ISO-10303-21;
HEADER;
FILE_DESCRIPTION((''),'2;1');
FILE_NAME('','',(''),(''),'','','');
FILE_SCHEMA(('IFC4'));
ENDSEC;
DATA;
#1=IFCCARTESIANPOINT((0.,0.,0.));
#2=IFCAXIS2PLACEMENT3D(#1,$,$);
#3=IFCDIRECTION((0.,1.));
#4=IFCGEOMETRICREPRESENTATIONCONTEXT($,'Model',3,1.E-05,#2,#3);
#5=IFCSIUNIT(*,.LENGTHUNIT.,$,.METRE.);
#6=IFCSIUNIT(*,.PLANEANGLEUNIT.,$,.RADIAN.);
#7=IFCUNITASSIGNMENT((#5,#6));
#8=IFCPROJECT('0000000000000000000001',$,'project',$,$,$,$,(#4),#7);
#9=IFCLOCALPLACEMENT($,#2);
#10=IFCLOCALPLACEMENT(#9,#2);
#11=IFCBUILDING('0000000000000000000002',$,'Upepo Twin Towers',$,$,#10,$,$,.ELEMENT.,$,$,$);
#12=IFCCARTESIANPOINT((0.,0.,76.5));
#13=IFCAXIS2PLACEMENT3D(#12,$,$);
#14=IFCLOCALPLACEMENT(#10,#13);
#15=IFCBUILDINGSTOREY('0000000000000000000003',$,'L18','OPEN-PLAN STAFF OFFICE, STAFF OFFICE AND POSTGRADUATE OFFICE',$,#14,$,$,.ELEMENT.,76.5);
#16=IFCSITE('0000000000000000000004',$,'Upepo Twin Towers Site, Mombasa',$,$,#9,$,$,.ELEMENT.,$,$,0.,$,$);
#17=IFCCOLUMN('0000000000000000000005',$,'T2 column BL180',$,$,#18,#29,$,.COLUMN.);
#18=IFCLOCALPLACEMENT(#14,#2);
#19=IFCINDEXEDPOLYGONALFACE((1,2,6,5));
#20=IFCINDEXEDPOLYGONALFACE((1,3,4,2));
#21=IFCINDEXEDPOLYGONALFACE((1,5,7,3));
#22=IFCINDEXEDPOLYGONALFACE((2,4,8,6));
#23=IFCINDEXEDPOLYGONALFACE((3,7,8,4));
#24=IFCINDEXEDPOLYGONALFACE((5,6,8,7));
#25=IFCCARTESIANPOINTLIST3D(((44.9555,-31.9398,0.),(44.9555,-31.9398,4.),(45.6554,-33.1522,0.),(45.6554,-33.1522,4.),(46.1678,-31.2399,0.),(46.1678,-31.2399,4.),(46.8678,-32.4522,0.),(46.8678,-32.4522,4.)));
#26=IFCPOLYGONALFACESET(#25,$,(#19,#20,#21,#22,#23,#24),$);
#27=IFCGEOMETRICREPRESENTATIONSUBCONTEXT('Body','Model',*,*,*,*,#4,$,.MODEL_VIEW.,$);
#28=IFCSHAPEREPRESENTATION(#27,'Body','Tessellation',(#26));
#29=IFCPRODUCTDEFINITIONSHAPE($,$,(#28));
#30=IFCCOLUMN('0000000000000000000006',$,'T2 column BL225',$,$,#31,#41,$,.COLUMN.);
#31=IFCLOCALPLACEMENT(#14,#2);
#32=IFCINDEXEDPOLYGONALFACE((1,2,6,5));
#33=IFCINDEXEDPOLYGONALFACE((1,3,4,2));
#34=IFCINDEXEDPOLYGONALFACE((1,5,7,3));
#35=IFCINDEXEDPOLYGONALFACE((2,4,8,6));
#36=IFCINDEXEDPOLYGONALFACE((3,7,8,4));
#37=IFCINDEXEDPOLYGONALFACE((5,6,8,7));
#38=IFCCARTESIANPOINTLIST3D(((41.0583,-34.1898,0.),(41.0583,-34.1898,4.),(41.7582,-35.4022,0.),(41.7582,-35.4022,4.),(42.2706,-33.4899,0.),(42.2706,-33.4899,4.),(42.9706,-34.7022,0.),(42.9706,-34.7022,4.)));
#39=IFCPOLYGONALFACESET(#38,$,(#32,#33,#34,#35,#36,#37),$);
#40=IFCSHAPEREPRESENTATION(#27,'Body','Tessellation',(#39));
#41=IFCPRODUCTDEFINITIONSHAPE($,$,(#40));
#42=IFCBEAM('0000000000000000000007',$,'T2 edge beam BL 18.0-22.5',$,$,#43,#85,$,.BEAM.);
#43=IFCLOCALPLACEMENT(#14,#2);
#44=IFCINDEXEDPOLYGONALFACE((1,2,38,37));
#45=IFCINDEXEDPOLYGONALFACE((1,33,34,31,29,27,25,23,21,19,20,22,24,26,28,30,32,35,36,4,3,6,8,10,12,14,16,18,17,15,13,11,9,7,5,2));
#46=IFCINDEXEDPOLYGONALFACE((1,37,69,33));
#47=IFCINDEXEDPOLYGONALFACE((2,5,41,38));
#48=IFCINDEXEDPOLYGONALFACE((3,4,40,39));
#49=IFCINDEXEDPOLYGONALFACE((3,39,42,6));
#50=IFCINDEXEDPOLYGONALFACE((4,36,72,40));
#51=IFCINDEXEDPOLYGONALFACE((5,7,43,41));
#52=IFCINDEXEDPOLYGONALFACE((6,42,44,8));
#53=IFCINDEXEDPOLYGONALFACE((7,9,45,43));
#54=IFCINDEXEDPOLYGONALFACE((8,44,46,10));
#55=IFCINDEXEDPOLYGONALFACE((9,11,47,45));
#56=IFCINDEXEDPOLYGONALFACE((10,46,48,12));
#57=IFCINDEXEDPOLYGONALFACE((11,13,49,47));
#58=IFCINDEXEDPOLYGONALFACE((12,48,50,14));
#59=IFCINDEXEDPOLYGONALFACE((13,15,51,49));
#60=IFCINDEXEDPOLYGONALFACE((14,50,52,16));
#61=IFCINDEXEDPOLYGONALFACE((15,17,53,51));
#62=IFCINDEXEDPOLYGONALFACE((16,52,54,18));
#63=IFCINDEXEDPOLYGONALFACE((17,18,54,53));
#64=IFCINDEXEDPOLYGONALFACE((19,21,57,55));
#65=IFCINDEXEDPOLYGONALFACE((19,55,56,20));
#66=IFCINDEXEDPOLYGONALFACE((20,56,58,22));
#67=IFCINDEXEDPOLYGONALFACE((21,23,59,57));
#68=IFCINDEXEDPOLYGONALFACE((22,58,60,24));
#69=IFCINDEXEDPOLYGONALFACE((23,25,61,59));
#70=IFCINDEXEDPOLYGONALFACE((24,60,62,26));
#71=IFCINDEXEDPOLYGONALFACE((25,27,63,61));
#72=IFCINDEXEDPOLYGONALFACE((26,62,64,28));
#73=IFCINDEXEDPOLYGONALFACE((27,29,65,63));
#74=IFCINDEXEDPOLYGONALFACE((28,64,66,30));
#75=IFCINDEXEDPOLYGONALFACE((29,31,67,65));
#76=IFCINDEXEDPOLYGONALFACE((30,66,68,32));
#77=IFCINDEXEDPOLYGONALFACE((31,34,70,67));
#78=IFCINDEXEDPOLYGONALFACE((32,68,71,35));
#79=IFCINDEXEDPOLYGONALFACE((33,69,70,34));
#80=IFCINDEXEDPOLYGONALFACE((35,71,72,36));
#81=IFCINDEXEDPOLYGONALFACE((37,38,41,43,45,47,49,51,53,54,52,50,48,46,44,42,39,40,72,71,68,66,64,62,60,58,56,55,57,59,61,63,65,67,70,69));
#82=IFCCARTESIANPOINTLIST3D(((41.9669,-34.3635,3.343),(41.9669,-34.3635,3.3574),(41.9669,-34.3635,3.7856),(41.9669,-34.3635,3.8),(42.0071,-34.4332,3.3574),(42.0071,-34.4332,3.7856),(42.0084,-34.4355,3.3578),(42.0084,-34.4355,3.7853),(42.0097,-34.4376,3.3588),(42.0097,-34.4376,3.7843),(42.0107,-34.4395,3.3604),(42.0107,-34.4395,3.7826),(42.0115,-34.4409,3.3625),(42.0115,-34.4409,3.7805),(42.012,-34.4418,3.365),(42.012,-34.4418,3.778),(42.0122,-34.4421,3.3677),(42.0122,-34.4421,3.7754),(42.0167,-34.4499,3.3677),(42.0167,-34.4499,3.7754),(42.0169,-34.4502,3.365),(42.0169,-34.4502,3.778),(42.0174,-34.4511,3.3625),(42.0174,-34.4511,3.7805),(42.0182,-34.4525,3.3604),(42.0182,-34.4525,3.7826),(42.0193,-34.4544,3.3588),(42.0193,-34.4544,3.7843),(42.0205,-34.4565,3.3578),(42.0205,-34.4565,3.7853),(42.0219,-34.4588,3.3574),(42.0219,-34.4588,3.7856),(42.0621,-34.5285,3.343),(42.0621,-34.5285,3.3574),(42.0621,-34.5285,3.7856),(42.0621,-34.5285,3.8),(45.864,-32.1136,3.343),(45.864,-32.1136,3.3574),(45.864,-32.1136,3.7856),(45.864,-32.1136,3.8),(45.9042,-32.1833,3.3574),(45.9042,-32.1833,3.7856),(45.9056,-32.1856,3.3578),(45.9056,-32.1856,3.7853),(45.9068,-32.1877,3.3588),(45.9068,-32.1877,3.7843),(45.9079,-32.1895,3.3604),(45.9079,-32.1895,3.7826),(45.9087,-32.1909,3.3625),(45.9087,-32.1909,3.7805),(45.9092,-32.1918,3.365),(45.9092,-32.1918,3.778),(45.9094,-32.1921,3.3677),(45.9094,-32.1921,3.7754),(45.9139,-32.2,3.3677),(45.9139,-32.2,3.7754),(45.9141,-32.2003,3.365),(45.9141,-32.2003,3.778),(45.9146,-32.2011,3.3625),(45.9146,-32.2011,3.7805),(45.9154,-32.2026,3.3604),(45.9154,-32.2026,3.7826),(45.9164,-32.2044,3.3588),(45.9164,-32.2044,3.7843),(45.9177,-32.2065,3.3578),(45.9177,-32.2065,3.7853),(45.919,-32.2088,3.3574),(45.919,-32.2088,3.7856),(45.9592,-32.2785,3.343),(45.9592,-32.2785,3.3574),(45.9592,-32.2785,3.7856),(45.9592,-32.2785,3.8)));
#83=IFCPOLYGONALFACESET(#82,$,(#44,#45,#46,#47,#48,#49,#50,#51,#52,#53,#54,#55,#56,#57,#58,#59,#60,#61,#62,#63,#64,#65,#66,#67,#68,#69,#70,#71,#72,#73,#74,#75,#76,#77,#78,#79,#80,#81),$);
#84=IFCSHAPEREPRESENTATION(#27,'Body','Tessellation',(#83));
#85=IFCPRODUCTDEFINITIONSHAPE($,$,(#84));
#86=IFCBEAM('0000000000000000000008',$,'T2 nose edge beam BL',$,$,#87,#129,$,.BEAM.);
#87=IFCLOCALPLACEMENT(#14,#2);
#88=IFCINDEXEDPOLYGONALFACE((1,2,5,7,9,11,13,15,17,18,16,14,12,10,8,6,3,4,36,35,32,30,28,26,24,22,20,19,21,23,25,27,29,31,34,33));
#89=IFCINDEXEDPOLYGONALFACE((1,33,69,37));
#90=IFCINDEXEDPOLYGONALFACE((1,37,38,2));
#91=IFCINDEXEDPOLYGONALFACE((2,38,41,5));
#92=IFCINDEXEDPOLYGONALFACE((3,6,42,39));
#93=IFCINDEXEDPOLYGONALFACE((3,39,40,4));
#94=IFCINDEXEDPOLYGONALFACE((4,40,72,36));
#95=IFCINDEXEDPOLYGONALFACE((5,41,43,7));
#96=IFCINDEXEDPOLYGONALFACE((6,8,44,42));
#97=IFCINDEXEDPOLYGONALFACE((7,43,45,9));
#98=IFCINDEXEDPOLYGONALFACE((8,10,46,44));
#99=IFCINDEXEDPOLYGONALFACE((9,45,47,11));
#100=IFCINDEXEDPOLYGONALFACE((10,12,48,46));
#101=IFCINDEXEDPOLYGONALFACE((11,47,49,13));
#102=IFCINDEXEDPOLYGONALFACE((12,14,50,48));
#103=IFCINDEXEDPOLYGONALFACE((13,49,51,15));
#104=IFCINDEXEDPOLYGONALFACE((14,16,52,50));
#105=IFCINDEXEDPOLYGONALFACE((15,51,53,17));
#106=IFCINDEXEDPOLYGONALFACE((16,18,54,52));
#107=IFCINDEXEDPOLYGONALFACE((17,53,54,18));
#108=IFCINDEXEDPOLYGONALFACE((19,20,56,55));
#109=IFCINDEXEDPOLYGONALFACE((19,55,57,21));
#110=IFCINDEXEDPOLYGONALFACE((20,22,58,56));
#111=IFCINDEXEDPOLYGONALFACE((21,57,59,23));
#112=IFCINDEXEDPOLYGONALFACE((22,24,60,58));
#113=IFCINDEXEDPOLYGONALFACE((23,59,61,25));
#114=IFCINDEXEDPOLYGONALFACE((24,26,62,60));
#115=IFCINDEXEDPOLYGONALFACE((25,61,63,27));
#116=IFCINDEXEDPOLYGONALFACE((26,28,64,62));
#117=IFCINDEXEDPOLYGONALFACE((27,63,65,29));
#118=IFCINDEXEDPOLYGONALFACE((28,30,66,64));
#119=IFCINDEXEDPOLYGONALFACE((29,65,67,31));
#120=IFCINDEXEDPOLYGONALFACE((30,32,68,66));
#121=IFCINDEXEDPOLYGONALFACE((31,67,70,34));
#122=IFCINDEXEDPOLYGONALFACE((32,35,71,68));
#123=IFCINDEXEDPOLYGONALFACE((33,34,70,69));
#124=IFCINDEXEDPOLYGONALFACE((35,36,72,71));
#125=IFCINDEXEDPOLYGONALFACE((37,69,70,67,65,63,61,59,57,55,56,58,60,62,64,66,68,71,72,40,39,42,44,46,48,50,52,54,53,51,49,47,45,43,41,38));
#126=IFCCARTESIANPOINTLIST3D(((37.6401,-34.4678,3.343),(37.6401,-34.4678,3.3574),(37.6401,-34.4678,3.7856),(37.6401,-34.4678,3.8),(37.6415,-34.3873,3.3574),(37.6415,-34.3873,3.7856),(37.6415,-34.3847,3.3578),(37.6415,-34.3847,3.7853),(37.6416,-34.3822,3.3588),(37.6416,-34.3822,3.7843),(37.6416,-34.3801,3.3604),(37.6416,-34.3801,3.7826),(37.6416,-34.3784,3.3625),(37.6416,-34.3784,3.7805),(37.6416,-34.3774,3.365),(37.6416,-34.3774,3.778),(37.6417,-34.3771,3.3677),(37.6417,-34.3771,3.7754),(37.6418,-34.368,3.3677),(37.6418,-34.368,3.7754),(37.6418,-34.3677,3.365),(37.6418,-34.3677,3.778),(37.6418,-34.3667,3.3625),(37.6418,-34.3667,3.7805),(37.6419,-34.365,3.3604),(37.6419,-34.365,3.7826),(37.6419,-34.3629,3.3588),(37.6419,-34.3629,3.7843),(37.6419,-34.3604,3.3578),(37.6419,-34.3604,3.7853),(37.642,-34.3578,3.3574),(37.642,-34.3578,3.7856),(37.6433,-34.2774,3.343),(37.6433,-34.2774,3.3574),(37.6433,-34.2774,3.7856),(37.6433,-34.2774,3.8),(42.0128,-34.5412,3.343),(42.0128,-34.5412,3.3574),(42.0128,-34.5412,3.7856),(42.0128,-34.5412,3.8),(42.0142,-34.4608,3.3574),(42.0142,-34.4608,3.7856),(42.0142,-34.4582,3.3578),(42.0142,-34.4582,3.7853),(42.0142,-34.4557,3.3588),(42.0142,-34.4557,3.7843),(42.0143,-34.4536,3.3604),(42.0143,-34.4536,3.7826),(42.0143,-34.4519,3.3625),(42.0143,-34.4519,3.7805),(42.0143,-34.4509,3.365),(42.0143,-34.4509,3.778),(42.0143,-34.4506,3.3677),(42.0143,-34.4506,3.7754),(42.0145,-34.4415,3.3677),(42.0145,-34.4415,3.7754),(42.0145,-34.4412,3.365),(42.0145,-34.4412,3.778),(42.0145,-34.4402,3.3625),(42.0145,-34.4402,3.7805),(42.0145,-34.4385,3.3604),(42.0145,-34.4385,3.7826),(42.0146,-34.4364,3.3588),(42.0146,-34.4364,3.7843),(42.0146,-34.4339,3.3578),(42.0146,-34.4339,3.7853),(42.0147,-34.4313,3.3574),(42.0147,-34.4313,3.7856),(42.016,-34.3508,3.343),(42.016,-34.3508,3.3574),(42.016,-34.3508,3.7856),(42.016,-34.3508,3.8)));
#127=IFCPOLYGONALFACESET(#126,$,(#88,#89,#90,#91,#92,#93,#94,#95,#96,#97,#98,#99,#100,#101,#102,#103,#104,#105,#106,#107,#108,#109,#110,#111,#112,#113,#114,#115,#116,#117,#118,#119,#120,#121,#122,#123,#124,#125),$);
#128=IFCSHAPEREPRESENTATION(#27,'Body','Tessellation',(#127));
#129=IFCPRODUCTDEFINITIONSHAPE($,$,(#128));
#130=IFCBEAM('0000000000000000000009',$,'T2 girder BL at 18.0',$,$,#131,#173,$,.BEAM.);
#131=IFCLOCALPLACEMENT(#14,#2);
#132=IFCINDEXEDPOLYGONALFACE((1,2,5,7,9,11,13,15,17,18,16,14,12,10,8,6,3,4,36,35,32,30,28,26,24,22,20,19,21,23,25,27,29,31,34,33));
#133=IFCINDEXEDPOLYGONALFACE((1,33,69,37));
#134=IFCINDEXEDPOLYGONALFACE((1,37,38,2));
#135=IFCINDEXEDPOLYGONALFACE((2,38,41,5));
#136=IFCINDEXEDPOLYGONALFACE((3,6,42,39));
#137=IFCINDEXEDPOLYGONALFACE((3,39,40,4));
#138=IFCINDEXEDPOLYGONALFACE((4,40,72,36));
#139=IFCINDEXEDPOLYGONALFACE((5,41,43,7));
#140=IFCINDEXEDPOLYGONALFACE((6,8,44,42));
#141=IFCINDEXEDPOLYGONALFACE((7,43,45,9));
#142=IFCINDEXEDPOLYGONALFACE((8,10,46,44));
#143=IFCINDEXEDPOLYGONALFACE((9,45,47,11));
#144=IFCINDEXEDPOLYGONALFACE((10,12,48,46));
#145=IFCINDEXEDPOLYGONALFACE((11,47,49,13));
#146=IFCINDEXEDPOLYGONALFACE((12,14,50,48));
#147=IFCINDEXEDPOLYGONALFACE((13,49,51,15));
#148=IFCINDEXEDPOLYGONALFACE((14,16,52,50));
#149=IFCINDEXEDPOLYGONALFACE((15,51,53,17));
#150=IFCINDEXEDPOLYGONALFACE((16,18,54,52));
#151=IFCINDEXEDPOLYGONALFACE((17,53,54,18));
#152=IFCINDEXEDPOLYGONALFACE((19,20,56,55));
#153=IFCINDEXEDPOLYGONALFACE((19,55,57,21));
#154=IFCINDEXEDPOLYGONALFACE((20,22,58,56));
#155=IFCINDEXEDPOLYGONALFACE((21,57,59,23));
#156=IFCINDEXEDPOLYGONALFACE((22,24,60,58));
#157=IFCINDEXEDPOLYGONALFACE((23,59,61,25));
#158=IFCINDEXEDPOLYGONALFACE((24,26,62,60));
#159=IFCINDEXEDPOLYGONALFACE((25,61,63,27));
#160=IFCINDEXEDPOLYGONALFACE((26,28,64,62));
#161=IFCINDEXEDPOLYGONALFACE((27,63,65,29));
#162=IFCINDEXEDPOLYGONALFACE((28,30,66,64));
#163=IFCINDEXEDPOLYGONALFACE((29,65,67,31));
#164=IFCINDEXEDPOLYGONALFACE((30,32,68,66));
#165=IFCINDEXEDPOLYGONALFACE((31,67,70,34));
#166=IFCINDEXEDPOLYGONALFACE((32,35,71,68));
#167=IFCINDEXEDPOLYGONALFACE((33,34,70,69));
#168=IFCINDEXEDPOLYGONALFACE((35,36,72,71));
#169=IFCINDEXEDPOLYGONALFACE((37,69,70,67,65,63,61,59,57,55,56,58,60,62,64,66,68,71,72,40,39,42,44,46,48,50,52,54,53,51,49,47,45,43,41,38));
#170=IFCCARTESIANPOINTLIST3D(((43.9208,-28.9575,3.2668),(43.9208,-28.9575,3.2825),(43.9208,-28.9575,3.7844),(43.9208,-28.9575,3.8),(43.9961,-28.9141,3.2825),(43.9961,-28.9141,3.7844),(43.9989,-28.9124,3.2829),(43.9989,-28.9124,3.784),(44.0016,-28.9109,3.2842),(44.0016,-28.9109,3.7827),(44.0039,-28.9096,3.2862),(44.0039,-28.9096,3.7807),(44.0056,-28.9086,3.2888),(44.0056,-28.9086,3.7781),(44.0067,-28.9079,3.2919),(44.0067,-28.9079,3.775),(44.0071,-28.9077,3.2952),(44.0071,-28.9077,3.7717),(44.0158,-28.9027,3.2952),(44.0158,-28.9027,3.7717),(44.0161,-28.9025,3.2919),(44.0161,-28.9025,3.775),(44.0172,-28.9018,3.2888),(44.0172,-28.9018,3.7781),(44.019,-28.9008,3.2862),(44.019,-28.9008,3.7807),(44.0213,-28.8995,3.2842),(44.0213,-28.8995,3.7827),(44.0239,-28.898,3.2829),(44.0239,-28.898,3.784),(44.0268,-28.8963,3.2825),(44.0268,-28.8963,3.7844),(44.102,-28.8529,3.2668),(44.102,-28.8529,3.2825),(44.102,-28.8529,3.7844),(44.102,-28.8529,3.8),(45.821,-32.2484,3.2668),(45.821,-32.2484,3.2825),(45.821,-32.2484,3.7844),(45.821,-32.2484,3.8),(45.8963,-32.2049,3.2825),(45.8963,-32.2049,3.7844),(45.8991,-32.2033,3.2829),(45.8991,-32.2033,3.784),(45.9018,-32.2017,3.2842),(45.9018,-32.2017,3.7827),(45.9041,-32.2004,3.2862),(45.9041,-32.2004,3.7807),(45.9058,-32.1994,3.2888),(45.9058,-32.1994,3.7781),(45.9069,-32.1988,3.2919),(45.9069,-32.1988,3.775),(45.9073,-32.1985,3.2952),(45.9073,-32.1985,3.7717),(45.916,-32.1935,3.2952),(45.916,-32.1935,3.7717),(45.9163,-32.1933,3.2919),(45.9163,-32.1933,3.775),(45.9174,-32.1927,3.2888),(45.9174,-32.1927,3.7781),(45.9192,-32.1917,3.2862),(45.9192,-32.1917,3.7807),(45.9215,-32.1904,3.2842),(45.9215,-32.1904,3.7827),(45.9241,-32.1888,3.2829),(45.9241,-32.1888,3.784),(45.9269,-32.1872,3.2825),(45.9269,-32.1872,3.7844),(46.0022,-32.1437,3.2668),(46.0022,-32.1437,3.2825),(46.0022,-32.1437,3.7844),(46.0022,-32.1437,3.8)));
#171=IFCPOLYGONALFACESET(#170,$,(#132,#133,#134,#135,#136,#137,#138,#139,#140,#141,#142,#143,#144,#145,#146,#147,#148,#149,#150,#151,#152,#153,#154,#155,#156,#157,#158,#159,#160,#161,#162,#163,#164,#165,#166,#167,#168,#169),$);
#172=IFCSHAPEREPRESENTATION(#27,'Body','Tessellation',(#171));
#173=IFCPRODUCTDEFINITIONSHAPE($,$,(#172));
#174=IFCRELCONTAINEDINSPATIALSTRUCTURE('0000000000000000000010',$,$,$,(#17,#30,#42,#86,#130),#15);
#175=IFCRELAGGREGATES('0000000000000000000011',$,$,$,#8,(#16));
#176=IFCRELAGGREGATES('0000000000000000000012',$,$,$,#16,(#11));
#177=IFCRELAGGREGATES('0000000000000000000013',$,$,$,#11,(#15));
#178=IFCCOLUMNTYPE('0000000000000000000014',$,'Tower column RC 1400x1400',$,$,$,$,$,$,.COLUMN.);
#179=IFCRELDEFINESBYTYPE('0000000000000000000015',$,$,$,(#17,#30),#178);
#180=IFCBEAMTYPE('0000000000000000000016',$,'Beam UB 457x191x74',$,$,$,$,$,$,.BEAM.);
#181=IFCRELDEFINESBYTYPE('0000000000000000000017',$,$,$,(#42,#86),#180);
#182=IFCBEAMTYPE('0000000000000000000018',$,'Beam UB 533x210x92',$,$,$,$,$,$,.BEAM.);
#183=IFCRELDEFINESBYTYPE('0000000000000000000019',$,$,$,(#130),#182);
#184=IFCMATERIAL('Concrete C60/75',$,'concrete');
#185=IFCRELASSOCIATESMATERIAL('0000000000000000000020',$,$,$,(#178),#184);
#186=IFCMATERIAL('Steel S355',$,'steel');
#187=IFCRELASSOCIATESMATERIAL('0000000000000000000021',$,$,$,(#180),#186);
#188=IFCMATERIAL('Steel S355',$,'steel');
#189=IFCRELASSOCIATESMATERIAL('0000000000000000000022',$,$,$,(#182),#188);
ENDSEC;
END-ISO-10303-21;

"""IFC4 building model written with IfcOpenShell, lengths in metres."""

from ifc_helpers import new_model, si_unit, direction, frame, origin, origin_2d, place, context, subcontext, project, spatial, rectangle, i_section, extrude, material, material_profile, profile_set, type_object, element, save


model = new_model("IFC4")

# Units and contexts
model_context = context("Model", 3, precision=1e-05, world=origin(), true_north=direction((0.0, 1.0)))
body_context = subcontext(model_context, "Body", "Model", "MODEL_VIEW")
ifc_project = project(units=[si_unit("LENGTHUNIT", "METRE"), si_unit("PLANEANGLEUNIT", "RADIAN")], contexts=[model_context])

# Site, building, storey
site_placement = place(None, origin())
site = spatial("IfcSite", under=ifc_project, at=site_placement, Name="Upepo Twin Towers Site, Mombasa", CompositionType="ELEMENT", RefElevation=0.0)
building_placement = place(site_placement, origin())
building = spatial("IfcBuilding", under=site, at=building_placement, Name="Upepo Twin Towers", CompositionType="ELEMENT")
storey_placement = place(building_placement, frame((0.0, 0.0, 76.5)))
storey = spatial("IfcBuildingStorey", under=building, at=storey_placement, Name="L18", Description="OPEN-PLAN STAFF OFFICE, STAFF OFFICE AND POSTGRADUATE OFFICE", CompositionType="ELEMENT", Elevation=76.5)

# Columns
ifc_material_1 = material(Name="Concrete C60/75", Category="concrete")
ifc_material_profile_1 = material_profile(ifc_material_1, rectangle(XDim=1.3999, YDim=1.3999, at=origin_2d()), Name="RC 1400x1400")
ifc_profile_set_1 = profile_set([ifc_material_profile_1], Name="Concrete C60/75")
column_type = type_object("IfcColumnType", Name="Tower column RC 1400x1400", PredefinedType="COLUMN", material=ifc_profile_set_1)
for number, where, z_axis, x_axis, name in (
    (1, (45.9116, -32.196, 0.0), (0.0, 0.0, 1.0), (0.866025, 0.5, 0.0), "T2 column BL180"),
    (2, (42.0144, -34.446, 0.0), (0.0, 0.0, 1.0), (0.866025, 0.5, 0.0), "T2 column BL225"),
):
    element("IfcColumn", number, at=place(storey_placement, frame(where, z_axis=z_axis, x_axis=x_axis)), inside=storey, type_object=column_type, Name=name, PredefinedType="COLUMN", context=body_context, shape_type="SweptSolid", body=[
        extrude(rectangle(XDim=1.3999, YDim=1.3999, at=origin_2d()), origin(), (0.0, 0.0, 1.0), 4.0),
    ])

# Beams
ifc_material_2 = material(Name="Steel S355", Category="steel")
ifc_material_profile_2 = material_profile(ifc_material_2, i_section(OverallWidth=0.1904, OverallDepth=0.457, WebThickness=0.009, FlangeThickness=0.0144, FilletRadius=0.0103, at=origin_2d()), Name="UB 457x191x74")
ifc_profile_set_2 = profile_set([ifc_material_profile_2], Name="Steel S355")
beam_type_1 = type_object("IfcBeamType", Name="Beam UB 457x191x74", PredefinedType="BEAM", material=ifc_profile_set_2)
beam_1_placement = place(storey_placement, frame((45.9116, -32.196, 3.5715), z_axis=(-0.866031, -0.49999, 0.0), x_axis=(0.49999, -0.866031, 0.0)))
element("IfcBeam", 3, at=beam_1_placement, inside=storey, type_object=beam_type_1, Name="T2 edge beam BL 18.0-22.5", PredefinedType="BEAM", context=body_context, shape_type="SweptSolid", body=[
    extrude(i_section(OverallWidth=0.1904, OverallDepth=0.457, WebThickness=0.009, FlangeThickness=0.0144, FilletRadius=0.0103, at=origin_2d()), origin(), (0.0, 0.0, 1.0), 4.5),
])
beam_2_placement = place(storey_placement, frame((42.0144, -34.446, 3.5715), z_axis=(-0.999859, 0.016804, 0.0), x_axis=(-0.016804, -0.999859, 0.0)))
element("IfcBeam", 4, at=beam_2_placement, inside=storey, type_object=beam_type_1, Name="T2 nose edge beam BL", PredefinedType="BEAM", context=body_context, shape_type="SweptSolid", body=[
    extrude(i_section(OverallWidth=0.1904, OverallDepth=0.457, WebThickness=0.009, FlangeThickness=0.0144, FilletRadius=0.0103, at=origin_2d()), origin(), (0.0, 0.0, 1.0), 4.3733),
])
ifc_material_3 = material(Name="Steel S355", Category="steel")
ifc_material_profile_3 = material_profile(ifc_material_3, i_section(OverallWidth=0.2092, OverallDepth=0.5332, WebThickness=0.01, FlangeThickness=0.0156, FilletRadius=0.0127, at=origin_2d()), Name="UB 533x210x92")
ifc_profile_set_3 = profile_set([ifc_material_profile_3], Name="Steel S355")
beam_type_2 = type_object("IfcBeamType", Name="Beam UB 533x210x92", PredefinedType="BEAM", material=ifc_profile_set_3)
beam_3_placement = place(storey_placement, frame((45.9116, -32.196, 3.5334), z_axis=(-0.500043, 0.866, 0.0), x_axis=(-0.866, -0.500043, 0.0)))
element("IfcBeam", 5, at=beam_3_placement, inside=storey, type_object=beam_type_2, Name="T2 girder BL at 18.0", PredefinedType="BEAM", context=body_context, shape_type="SweptSolid", body=[
    extrude(i_section(OverallWidth=0.2092, OverallDepth=0.5332, WebThickness=0.01, FlangeThickness=0.0156, FilletRadius=0.0127, at=origin_2d()), origin(), (0.0, 0.0, 1.0), 3.8),
])

save(model, "model.ifc")
